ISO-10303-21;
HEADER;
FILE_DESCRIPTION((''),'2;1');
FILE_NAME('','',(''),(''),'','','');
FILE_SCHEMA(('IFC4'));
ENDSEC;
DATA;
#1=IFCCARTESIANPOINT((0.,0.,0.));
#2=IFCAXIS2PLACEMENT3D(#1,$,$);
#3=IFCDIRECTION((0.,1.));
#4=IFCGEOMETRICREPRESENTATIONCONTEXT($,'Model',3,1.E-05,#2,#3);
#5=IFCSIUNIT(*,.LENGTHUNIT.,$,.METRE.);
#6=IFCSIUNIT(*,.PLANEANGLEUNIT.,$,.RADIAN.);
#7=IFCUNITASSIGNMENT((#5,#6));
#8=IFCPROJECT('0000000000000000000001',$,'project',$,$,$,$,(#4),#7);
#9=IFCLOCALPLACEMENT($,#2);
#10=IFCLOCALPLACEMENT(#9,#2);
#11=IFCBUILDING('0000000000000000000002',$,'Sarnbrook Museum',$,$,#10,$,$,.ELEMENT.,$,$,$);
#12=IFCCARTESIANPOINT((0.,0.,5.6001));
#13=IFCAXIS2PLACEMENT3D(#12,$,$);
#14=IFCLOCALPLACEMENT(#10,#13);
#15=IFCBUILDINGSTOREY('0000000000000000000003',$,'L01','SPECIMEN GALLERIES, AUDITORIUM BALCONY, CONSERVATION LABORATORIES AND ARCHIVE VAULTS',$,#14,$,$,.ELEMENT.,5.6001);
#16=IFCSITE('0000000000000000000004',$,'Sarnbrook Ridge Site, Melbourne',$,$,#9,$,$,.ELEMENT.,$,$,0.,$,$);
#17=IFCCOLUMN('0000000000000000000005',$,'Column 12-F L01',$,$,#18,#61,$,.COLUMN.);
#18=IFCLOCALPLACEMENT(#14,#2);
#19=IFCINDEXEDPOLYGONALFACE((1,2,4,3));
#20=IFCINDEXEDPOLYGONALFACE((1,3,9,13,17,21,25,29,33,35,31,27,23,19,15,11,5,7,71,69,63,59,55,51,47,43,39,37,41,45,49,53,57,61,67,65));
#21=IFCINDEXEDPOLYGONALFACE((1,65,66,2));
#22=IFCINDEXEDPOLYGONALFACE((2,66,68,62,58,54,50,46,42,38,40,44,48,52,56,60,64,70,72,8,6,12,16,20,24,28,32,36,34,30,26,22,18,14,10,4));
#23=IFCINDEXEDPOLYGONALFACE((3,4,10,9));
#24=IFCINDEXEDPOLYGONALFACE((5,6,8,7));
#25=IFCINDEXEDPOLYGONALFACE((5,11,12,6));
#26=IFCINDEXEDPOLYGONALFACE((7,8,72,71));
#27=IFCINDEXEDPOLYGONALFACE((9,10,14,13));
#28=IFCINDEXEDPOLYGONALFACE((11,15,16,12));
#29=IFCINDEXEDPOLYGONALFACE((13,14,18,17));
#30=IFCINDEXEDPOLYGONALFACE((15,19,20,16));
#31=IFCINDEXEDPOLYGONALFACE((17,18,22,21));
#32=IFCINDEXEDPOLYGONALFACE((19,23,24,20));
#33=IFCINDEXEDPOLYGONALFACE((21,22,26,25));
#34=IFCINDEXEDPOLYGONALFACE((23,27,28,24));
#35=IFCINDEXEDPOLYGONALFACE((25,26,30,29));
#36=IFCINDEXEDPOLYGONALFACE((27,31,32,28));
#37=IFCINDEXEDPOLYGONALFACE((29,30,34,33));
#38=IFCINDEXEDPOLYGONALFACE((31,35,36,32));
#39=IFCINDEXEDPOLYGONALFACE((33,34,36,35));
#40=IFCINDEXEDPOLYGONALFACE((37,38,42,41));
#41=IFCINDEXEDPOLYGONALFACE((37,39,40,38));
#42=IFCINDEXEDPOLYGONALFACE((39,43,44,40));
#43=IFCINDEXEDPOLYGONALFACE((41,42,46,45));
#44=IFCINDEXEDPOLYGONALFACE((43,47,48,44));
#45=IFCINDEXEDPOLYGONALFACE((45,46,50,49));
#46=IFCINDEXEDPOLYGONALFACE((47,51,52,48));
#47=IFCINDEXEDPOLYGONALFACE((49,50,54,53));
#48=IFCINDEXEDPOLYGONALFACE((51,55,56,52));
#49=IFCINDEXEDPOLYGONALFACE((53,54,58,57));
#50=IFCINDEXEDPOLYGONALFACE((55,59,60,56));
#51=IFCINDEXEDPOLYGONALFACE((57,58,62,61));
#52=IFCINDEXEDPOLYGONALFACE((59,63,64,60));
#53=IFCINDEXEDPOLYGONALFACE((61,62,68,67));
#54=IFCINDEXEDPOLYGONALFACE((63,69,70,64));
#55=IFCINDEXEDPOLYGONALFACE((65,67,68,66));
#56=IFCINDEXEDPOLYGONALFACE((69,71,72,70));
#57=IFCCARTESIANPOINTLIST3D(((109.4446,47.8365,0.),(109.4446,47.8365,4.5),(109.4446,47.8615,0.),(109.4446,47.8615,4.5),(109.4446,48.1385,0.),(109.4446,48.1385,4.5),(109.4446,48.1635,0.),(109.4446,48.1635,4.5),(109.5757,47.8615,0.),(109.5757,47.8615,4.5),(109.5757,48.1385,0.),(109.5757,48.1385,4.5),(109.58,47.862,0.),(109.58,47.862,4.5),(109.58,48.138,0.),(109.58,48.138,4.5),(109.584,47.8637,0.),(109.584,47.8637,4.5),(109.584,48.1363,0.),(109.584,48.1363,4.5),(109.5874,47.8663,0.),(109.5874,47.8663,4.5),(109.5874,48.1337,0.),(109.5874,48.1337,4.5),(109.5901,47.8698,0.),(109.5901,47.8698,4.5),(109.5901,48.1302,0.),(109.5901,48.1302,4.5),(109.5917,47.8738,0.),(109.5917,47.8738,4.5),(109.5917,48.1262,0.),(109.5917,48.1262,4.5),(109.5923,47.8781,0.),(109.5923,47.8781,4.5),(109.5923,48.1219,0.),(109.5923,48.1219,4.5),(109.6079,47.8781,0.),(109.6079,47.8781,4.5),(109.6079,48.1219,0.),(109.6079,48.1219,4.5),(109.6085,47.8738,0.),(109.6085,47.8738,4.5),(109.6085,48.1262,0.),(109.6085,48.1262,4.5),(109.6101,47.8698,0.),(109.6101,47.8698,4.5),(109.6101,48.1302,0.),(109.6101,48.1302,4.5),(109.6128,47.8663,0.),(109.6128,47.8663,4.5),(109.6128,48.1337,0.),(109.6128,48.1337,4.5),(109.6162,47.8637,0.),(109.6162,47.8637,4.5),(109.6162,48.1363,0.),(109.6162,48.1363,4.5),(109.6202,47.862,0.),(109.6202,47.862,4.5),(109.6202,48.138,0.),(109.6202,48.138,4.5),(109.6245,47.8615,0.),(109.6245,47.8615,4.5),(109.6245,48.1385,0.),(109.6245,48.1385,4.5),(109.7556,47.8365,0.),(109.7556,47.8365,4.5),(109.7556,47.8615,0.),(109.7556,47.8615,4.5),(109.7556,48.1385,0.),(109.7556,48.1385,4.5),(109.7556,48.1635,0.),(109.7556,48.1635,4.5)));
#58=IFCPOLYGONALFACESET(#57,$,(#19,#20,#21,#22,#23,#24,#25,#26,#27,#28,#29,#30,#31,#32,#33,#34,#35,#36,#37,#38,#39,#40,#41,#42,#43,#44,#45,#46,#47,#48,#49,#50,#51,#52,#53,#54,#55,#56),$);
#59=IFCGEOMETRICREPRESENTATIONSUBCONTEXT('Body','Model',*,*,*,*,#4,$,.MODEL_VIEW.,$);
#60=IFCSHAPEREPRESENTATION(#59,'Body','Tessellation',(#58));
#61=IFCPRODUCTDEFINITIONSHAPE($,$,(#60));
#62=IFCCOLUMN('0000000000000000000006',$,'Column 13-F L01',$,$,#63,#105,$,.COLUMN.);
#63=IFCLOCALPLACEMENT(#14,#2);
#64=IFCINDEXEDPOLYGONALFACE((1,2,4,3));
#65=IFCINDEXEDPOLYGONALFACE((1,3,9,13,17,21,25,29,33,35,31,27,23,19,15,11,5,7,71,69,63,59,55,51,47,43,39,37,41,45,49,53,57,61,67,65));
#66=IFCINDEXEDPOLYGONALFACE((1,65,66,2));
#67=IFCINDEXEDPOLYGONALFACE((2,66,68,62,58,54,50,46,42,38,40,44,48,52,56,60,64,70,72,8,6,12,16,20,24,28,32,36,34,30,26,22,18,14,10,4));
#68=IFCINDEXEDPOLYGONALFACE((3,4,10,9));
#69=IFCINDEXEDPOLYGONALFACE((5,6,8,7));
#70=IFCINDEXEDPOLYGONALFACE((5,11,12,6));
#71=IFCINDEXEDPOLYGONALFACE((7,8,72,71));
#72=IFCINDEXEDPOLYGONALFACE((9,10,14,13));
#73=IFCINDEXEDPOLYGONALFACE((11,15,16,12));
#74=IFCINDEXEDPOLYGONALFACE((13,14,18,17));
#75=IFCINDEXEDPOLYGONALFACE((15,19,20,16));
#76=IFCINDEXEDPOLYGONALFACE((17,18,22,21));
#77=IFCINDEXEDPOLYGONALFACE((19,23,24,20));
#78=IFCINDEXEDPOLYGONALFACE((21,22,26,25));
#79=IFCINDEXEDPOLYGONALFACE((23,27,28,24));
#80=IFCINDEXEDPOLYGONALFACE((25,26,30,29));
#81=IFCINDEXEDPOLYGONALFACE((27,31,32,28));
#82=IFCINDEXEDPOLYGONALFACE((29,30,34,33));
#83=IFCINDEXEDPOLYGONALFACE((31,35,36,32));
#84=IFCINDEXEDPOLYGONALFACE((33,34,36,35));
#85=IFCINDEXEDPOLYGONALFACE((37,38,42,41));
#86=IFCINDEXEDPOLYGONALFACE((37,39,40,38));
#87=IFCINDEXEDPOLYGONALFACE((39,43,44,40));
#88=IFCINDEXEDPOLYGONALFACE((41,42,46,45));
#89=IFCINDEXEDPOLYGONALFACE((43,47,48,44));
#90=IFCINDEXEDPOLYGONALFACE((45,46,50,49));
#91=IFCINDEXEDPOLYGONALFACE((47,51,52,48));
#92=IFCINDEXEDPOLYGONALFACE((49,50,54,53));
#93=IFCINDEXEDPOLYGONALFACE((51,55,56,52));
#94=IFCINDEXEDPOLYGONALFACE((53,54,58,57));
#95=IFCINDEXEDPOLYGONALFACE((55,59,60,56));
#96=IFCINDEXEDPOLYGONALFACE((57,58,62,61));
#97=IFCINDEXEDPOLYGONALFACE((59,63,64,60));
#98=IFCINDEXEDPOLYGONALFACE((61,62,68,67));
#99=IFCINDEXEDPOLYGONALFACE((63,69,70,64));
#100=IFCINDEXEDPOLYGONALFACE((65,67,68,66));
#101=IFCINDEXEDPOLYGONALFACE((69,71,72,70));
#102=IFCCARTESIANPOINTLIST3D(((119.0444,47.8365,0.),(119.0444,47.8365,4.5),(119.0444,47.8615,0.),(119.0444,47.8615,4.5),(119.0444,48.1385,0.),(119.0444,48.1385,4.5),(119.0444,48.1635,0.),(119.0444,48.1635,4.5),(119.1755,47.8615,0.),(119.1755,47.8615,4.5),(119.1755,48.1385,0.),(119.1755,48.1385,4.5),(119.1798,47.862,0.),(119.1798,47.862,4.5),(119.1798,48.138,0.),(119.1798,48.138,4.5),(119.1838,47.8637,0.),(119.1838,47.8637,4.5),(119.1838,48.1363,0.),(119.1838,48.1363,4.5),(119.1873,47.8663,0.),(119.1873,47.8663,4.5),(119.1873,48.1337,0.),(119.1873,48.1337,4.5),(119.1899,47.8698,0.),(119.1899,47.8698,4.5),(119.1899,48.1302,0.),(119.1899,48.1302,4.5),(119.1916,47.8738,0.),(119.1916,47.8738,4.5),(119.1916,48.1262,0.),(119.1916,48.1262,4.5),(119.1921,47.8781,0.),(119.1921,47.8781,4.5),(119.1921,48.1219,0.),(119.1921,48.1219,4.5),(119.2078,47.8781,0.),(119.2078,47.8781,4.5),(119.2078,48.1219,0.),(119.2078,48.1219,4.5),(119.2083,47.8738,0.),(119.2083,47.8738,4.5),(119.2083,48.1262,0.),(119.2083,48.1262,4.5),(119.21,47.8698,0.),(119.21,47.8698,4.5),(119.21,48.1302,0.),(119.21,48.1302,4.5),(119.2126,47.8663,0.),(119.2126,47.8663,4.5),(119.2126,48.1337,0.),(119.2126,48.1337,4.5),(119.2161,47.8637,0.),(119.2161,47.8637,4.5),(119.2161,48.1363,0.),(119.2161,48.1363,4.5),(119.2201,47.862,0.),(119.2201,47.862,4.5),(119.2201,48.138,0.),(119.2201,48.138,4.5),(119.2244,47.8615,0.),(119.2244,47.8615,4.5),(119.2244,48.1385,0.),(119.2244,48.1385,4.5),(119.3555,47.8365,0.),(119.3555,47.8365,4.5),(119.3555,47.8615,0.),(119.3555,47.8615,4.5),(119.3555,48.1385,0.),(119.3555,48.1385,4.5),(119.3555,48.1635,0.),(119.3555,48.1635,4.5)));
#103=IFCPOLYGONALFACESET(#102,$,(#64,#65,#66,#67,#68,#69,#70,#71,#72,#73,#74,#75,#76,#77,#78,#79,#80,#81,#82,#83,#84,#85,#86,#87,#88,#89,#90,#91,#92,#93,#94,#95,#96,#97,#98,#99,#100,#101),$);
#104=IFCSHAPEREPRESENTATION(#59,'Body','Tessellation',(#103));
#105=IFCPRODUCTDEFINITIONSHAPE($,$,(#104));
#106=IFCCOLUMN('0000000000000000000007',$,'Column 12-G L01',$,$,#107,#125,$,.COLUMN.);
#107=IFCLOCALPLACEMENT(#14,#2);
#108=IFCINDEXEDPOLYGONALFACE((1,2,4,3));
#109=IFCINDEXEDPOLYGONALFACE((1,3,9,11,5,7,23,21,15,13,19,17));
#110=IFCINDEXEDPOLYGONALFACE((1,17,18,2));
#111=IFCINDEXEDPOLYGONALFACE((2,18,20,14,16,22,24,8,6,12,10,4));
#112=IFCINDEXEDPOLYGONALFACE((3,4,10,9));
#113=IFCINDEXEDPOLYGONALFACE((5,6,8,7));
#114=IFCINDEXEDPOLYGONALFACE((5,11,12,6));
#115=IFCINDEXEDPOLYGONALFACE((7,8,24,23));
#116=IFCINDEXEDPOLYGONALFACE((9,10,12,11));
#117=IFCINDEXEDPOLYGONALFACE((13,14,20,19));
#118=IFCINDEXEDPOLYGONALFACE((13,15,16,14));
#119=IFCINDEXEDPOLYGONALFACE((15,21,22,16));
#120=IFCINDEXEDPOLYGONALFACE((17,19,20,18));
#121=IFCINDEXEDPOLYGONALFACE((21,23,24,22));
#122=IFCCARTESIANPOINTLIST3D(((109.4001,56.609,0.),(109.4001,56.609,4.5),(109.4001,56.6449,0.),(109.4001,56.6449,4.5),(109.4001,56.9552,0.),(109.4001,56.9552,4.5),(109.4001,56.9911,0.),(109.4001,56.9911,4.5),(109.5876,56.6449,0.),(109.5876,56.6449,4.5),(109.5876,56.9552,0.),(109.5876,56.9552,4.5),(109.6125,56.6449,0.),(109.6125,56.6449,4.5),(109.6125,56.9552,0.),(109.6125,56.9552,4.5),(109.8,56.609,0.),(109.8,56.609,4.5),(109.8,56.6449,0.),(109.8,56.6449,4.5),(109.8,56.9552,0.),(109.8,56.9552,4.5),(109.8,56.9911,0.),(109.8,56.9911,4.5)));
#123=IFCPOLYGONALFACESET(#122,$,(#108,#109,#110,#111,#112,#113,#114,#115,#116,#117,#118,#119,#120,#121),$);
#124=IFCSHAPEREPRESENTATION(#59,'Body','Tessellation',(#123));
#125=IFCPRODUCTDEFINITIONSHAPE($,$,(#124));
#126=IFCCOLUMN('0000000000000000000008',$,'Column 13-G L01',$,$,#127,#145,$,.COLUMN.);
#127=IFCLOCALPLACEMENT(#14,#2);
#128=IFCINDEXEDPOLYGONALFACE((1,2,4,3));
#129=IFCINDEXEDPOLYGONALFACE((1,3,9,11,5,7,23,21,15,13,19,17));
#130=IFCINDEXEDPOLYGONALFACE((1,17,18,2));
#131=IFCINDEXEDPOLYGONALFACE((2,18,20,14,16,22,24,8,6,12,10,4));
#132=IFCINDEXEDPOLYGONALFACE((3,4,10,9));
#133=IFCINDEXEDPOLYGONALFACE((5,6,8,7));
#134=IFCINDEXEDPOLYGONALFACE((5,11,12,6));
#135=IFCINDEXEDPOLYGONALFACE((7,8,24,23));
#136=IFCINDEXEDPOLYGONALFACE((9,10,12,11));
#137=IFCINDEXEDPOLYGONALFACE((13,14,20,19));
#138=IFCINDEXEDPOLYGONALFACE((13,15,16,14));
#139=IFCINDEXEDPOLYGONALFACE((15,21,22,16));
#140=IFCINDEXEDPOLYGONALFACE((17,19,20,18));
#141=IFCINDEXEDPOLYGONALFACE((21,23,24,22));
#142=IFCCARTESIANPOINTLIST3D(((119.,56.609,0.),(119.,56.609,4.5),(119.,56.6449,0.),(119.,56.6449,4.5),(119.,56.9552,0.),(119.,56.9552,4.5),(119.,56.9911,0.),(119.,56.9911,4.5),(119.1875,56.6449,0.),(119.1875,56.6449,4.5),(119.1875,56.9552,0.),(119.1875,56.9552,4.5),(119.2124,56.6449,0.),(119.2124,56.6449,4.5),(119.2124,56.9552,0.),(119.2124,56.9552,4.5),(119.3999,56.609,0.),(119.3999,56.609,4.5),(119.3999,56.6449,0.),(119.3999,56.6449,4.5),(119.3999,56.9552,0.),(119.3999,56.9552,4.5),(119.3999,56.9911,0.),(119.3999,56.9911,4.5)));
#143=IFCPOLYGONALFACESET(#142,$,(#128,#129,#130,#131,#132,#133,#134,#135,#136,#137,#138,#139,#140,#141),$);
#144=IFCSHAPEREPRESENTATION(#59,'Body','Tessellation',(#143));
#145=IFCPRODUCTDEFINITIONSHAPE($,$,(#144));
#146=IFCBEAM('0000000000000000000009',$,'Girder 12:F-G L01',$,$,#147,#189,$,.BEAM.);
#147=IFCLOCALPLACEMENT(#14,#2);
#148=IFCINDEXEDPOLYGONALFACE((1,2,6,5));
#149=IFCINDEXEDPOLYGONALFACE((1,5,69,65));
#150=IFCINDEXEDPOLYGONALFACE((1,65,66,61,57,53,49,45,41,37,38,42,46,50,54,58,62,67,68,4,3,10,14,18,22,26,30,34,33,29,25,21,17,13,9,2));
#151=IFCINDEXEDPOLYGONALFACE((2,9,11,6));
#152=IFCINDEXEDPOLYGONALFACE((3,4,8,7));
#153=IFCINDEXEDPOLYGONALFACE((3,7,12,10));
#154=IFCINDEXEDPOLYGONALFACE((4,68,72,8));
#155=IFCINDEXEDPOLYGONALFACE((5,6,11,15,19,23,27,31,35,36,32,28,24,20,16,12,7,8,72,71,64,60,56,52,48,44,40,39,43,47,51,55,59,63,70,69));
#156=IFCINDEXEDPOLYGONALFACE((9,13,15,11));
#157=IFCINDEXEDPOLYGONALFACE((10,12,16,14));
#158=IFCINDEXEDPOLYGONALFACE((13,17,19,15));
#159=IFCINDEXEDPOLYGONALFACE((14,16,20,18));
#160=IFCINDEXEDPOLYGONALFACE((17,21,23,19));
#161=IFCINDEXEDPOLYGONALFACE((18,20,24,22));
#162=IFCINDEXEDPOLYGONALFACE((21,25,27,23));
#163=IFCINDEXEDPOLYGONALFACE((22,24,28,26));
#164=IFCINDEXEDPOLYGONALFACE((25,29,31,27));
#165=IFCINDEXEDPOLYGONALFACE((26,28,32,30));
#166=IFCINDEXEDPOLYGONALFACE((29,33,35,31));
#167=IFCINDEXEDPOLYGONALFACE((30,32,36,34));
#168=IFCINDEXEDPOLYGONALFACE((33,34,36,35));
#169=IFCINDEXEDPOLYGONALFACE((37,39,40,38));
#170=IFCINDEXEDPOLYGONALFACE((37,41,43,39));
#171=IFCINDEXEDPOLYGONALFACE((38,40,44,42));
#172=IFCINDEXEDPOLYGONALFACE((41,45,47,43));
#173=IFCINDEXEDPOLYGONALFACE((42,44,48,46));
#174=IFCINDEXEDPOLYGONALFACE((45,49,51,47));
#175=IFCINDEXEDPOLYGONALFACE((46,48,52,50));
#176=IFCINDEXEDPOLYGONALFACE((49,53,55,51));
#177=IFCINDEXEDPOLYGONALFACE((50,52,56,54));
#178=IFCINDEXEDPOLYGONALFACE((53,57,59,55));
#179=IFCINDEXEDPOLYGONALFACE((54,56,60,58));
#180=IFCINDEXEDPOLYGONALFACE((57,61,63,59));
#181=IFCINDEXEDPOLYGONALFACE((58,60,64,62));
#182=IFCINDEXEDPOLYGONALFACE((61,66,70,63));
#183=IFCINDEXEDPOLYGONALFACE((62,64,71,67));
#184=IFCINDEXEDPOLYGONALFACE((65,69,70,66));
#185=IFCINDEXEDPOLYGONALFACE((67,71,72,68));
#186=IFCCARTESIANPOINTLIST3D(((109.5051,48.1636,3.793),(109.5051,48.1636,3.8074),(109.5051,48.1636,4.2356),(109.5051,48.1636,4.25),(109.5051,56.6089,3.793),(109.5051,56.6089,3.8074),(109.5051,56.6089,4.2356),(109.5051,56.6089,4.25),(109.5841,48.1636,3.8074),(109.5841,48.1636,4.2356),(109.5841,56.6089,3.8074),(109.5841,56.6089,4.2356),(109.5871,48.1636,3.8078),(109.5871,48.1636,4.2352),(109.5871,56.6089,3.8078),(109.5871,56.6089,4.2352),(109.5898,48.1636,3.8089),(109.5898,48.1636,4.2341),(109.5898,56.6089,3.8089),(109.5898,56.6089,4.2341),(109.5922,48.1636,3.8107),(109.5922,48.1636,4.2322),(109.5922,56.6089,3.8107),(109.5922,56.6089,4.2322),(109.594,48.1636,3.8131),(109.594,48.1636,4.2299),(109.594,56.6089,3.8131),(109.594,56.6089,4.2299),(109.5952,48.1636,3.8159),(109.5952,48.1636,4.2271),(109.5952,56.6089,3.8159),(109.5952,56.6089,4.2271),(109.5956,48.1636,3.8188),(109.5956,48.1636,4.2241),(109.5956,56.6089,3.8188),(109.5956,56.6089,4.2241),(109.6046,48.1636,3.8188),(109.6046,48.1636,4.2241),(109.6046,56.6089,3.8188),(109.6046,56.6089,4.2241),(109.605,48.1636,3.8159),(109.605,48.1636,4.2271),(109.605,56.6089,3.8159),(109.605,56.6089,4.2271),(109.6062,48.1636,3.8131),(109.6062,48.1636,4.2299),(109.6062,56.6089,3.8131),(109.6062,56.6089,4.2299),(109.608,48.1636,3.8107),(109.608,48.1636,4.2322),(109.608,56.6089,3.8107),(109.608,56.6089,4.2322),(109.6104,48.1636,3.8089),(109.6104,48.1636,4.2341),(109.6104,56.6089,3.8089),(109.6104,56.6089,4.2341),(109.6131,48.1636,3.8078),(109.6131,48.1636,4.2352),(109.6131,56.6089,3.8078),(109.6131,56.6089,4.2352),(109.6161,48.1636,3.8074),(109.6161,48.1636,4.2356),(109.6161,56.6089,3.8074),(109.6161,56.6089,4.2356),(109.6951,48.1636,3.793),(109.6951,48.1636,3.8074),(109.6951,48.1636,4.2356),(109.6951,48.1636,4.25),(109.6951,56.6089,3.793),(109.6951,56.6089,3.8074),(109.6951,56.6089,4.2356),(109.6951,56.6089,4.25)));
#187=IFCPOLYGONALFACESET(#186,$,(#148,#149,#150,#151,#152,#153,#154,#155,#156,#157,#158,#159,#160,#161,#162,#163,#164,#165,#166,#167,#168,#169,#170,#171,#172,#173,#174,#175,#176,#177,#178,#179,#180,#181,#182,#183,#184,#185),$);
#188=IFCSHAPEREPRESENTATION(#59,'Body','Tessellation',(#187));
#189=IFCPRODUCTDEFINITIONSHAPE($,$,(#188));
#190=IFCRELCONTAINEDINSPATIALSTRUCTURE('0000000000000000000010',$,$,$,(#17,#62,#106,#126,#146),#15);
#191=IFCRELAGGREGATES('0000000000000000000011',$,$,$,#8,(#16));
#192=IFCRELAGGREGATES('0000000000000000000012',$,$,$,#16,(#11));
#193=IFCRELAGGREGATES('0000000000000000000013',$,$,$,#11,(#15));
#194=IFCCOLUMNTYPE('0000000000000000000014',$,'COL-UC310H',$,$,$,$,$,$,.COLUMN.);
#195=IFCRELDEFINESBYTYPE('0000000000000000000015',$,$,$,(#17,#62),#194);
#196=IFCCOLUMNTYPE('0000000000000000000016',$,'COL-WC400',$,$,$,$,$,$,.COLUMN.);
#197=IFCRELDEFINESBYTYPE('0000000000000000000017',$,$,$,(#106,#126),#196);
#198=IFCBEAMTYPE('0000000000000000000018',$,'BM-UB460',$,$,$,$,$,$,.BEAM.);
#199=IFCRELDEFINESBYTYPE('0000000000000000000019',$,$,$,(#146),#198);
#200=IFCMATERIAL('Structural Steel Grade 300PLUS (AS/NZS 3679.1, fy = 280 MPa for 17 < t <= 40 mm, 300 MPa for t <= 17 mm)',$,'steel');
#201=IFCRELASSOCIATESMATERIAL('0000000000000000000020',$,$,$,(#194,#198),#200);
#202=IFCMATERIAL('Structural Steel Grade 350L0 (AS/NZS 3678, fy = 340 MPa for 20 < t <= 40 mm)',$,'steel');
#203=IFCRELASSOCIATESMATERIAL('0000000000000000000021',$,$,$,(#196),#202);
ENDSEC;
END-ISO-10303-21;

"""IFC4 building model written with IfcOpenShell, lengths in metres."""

from ifc_helpers import new_model, si_unit, direction, frame, origin, origin_2d, place, context, subcontext, project, spatial, i_section, extrude, material, material_profile, profile_set, type_object, element, save


model = new_model("IFC4")

# Units and contexts
model_context = context("Model", 3, precision=1e-05, world=origin(), true_north=direction((0.0, 1.0)))
body_context = subcontext(model_context, "Body", "Model", "MODEL_VIEW")
ifc_project = project(units=[si_unit("LENGTHUNIT", "METRE"), si_unit("PLANEANGLEUNIT", "RADIAN")], contexts=[model_context])

# Site, building, storey
site_placement = place(None, origin())
site = spatial("IfcSite", under=ifc_project, at=site_placement, Name="Sarnbrook Ridge Site, Melbourne", CompositionType="ELEMENT", RefElevation=0.0)
building_placement = place(site_placement, origin())
building = spatial("IfcBuilding", under=site, at=building_placement, Name="Sarnbrook Museum", CompositionType="ELEMENT")
storey_placement = place(building_placement, frame((0.0, 0.0, 5.6001)))
storey = spatial("IfcBuildingStorey", under=building, at=storey_placement, Name="L01", Description="SPECIMEN GALLERIES, AUDITORIUM BALCONY, CONSERVATION LABORATORIES AND ARCHIVE VAULTS", CompositionType="ELEMENT", Elevation=5.6001)

# Columns
ifc_material_1 = material(Name="Structural Steel Grade 300PLUS (AS/NZS 3679.1, fy = 280 MPa for 17 < t <= 40 mm, 300 MPa for t <= 17 mm)", Category="steel")
ifc_material_profile_1 = material_profile(ifc_material_1, i_section(OverallWidth=0.311, OverallDepth=0.3269, WebThickness=0.0156, FlangeThickness=0.0249, FilletRadius=0.0166, at=origin_2d()), Name="310UC158")
ifc_profile_set_1 = profile_set([ifc_material_profile_1], Name="Structural Steel Grade 300PLUS (AS/NZS 3679.1, fy = 280 MPa for 17 < t <= 40 mm, 300 MPa for t <= 17 mm)")
column_type_1 = type_object("IfcColumnType", Name="COL-UC310H", PredefinedType="COLUMN", material=ifc_profile_set_1)
for number, where, z_axis, x_axis, name in (
    (1, (109.6001, 48.0, 0.0), (0.0, 0.0, 1.0), (1.0, 0.0, 0.0), "Column 12-F L01"),
    (2, (119.2, 48.0, 0.0), (0.0, 0.0, 1.0), (1.0, 0.0, 0.0), "Column 13-F L01"),
):
    element("IfcColumn", number, at=place(storey_placement, frame(where, z_axis=z_axis, x_axis=x_axis)), inside=storey, type_object=column_type_1, Name=name, PredefinedType="COLUMN", context=body_context, shape_type="SweptSolid", body=[
        extrude(i_section(OverallWidth=0.311, OverallDepth=0.3269, WebThickness=0.0156, FlangeThickness=0.0249, FilletRadius=0.0166, at=origin_2d()), origin(), (0.0, 0.0, 1.0), 4.5),
    ])
ifc_material_2 = material(Name="Structural Steel Grade 350L0 (AS/NZS 3678, fy = 340 MPa for 20 < t <= 40 mm)", Category="steel")
ifc_material_profile_2 = material_profile(ifc_material_2, i_section(OverallWidth=0.3999, OverallDepth=0.3821, WebThickness=0.0249, FlangeThickness=0.0359, at=origin_2d()), Name="400WC270")
ifc_profile_set_2 = profile_set([ifc_material_profile_2], Name="Structural Steel Grade 350L0 (AS/NZS 3678, fy = 340 MPa for 20 < t <= 40 mm)")
column_type_2 = type_object("IfcColumnType", Name="COL-WC400", PredefinedType="COLUMN", material=ifc_profile_set_2)
for number, where, z_axis, x_axis, name in (
    (3, (109.6001, 56.8, 0.0), (0.0, 0.0, 1.0), (1.0, 0.0, 0.0), "Column 12-G L01"),
    (4, (119.2, 56.8, 0.0), (0.0, 0.0, 1.0), (1.0, 0.0, 0.0), "Column 13-G L01"),
):
    element("IfcColumn", number, at=place(storey_placement, frame(where, z_axis=z_axis, x_axis=x_axis)), inside=storey, type_object=column_type_2, Name=name, PredefinedType="COLUMN", context=body_context, shape_type="SweptSolid", body=[
        extrude(i_section(OverallWidth=0.3999, OverallDepth=0.3821, WebThickness=0.0249, FlangeThickness=0.0359, at=origin_2d()), origin(), (0.0, 0.0, 1.0), 4.5),
    ])

# Beam
ifc_material_profile_3 = material_profile(ifc_material_1, i_section(OverallWidth=0.1899, OverallDepth=0.457, WebThickness=0.009, FlangeThickness=0.0144, FilletRadius=0.0115, at=origin_2d()), Name="460UB74.6")
ifc_profile_set_3 = profile_set([ifc_material_profile_3], Name="Structural Steel Grade 300PLUS (AS/NZS 3679.1, fy = 280 MPa for 17 < t <= 40 mm, 300 MPa for t <= 17 mm)")
beam_type_1 = type_object("IfcBeamType", Name="BM-UB460", PredefinedType="BEAM", material=ifc_profile_set_3)
beam_1_placement = place(storey_placement, frame((109.6001, 48.1636, 4.0215), z_axis=(0.0, 1.0, 0.0), x_axis=(-1.0, 0.0, 0.0)))
element("IfcBeam", 5, at=beam_1_placement, inside=storey, type_object=beam_type_1, Name="Girder 12:F-G L01", PredefinedType="BEAM", context=body_context, shape_type="SweptSolid", body=[
    extrude(i_section(OverallWidth=0.1899, OverallDepth=0.457, WebThickness=0.009, FlangeThickness=0.0144, FilletRadius=0.0115, at=origin_2d()), origin(), (0.0, 0.0, 1.0), 8.4453),
])

save(model, "model.ifc")
